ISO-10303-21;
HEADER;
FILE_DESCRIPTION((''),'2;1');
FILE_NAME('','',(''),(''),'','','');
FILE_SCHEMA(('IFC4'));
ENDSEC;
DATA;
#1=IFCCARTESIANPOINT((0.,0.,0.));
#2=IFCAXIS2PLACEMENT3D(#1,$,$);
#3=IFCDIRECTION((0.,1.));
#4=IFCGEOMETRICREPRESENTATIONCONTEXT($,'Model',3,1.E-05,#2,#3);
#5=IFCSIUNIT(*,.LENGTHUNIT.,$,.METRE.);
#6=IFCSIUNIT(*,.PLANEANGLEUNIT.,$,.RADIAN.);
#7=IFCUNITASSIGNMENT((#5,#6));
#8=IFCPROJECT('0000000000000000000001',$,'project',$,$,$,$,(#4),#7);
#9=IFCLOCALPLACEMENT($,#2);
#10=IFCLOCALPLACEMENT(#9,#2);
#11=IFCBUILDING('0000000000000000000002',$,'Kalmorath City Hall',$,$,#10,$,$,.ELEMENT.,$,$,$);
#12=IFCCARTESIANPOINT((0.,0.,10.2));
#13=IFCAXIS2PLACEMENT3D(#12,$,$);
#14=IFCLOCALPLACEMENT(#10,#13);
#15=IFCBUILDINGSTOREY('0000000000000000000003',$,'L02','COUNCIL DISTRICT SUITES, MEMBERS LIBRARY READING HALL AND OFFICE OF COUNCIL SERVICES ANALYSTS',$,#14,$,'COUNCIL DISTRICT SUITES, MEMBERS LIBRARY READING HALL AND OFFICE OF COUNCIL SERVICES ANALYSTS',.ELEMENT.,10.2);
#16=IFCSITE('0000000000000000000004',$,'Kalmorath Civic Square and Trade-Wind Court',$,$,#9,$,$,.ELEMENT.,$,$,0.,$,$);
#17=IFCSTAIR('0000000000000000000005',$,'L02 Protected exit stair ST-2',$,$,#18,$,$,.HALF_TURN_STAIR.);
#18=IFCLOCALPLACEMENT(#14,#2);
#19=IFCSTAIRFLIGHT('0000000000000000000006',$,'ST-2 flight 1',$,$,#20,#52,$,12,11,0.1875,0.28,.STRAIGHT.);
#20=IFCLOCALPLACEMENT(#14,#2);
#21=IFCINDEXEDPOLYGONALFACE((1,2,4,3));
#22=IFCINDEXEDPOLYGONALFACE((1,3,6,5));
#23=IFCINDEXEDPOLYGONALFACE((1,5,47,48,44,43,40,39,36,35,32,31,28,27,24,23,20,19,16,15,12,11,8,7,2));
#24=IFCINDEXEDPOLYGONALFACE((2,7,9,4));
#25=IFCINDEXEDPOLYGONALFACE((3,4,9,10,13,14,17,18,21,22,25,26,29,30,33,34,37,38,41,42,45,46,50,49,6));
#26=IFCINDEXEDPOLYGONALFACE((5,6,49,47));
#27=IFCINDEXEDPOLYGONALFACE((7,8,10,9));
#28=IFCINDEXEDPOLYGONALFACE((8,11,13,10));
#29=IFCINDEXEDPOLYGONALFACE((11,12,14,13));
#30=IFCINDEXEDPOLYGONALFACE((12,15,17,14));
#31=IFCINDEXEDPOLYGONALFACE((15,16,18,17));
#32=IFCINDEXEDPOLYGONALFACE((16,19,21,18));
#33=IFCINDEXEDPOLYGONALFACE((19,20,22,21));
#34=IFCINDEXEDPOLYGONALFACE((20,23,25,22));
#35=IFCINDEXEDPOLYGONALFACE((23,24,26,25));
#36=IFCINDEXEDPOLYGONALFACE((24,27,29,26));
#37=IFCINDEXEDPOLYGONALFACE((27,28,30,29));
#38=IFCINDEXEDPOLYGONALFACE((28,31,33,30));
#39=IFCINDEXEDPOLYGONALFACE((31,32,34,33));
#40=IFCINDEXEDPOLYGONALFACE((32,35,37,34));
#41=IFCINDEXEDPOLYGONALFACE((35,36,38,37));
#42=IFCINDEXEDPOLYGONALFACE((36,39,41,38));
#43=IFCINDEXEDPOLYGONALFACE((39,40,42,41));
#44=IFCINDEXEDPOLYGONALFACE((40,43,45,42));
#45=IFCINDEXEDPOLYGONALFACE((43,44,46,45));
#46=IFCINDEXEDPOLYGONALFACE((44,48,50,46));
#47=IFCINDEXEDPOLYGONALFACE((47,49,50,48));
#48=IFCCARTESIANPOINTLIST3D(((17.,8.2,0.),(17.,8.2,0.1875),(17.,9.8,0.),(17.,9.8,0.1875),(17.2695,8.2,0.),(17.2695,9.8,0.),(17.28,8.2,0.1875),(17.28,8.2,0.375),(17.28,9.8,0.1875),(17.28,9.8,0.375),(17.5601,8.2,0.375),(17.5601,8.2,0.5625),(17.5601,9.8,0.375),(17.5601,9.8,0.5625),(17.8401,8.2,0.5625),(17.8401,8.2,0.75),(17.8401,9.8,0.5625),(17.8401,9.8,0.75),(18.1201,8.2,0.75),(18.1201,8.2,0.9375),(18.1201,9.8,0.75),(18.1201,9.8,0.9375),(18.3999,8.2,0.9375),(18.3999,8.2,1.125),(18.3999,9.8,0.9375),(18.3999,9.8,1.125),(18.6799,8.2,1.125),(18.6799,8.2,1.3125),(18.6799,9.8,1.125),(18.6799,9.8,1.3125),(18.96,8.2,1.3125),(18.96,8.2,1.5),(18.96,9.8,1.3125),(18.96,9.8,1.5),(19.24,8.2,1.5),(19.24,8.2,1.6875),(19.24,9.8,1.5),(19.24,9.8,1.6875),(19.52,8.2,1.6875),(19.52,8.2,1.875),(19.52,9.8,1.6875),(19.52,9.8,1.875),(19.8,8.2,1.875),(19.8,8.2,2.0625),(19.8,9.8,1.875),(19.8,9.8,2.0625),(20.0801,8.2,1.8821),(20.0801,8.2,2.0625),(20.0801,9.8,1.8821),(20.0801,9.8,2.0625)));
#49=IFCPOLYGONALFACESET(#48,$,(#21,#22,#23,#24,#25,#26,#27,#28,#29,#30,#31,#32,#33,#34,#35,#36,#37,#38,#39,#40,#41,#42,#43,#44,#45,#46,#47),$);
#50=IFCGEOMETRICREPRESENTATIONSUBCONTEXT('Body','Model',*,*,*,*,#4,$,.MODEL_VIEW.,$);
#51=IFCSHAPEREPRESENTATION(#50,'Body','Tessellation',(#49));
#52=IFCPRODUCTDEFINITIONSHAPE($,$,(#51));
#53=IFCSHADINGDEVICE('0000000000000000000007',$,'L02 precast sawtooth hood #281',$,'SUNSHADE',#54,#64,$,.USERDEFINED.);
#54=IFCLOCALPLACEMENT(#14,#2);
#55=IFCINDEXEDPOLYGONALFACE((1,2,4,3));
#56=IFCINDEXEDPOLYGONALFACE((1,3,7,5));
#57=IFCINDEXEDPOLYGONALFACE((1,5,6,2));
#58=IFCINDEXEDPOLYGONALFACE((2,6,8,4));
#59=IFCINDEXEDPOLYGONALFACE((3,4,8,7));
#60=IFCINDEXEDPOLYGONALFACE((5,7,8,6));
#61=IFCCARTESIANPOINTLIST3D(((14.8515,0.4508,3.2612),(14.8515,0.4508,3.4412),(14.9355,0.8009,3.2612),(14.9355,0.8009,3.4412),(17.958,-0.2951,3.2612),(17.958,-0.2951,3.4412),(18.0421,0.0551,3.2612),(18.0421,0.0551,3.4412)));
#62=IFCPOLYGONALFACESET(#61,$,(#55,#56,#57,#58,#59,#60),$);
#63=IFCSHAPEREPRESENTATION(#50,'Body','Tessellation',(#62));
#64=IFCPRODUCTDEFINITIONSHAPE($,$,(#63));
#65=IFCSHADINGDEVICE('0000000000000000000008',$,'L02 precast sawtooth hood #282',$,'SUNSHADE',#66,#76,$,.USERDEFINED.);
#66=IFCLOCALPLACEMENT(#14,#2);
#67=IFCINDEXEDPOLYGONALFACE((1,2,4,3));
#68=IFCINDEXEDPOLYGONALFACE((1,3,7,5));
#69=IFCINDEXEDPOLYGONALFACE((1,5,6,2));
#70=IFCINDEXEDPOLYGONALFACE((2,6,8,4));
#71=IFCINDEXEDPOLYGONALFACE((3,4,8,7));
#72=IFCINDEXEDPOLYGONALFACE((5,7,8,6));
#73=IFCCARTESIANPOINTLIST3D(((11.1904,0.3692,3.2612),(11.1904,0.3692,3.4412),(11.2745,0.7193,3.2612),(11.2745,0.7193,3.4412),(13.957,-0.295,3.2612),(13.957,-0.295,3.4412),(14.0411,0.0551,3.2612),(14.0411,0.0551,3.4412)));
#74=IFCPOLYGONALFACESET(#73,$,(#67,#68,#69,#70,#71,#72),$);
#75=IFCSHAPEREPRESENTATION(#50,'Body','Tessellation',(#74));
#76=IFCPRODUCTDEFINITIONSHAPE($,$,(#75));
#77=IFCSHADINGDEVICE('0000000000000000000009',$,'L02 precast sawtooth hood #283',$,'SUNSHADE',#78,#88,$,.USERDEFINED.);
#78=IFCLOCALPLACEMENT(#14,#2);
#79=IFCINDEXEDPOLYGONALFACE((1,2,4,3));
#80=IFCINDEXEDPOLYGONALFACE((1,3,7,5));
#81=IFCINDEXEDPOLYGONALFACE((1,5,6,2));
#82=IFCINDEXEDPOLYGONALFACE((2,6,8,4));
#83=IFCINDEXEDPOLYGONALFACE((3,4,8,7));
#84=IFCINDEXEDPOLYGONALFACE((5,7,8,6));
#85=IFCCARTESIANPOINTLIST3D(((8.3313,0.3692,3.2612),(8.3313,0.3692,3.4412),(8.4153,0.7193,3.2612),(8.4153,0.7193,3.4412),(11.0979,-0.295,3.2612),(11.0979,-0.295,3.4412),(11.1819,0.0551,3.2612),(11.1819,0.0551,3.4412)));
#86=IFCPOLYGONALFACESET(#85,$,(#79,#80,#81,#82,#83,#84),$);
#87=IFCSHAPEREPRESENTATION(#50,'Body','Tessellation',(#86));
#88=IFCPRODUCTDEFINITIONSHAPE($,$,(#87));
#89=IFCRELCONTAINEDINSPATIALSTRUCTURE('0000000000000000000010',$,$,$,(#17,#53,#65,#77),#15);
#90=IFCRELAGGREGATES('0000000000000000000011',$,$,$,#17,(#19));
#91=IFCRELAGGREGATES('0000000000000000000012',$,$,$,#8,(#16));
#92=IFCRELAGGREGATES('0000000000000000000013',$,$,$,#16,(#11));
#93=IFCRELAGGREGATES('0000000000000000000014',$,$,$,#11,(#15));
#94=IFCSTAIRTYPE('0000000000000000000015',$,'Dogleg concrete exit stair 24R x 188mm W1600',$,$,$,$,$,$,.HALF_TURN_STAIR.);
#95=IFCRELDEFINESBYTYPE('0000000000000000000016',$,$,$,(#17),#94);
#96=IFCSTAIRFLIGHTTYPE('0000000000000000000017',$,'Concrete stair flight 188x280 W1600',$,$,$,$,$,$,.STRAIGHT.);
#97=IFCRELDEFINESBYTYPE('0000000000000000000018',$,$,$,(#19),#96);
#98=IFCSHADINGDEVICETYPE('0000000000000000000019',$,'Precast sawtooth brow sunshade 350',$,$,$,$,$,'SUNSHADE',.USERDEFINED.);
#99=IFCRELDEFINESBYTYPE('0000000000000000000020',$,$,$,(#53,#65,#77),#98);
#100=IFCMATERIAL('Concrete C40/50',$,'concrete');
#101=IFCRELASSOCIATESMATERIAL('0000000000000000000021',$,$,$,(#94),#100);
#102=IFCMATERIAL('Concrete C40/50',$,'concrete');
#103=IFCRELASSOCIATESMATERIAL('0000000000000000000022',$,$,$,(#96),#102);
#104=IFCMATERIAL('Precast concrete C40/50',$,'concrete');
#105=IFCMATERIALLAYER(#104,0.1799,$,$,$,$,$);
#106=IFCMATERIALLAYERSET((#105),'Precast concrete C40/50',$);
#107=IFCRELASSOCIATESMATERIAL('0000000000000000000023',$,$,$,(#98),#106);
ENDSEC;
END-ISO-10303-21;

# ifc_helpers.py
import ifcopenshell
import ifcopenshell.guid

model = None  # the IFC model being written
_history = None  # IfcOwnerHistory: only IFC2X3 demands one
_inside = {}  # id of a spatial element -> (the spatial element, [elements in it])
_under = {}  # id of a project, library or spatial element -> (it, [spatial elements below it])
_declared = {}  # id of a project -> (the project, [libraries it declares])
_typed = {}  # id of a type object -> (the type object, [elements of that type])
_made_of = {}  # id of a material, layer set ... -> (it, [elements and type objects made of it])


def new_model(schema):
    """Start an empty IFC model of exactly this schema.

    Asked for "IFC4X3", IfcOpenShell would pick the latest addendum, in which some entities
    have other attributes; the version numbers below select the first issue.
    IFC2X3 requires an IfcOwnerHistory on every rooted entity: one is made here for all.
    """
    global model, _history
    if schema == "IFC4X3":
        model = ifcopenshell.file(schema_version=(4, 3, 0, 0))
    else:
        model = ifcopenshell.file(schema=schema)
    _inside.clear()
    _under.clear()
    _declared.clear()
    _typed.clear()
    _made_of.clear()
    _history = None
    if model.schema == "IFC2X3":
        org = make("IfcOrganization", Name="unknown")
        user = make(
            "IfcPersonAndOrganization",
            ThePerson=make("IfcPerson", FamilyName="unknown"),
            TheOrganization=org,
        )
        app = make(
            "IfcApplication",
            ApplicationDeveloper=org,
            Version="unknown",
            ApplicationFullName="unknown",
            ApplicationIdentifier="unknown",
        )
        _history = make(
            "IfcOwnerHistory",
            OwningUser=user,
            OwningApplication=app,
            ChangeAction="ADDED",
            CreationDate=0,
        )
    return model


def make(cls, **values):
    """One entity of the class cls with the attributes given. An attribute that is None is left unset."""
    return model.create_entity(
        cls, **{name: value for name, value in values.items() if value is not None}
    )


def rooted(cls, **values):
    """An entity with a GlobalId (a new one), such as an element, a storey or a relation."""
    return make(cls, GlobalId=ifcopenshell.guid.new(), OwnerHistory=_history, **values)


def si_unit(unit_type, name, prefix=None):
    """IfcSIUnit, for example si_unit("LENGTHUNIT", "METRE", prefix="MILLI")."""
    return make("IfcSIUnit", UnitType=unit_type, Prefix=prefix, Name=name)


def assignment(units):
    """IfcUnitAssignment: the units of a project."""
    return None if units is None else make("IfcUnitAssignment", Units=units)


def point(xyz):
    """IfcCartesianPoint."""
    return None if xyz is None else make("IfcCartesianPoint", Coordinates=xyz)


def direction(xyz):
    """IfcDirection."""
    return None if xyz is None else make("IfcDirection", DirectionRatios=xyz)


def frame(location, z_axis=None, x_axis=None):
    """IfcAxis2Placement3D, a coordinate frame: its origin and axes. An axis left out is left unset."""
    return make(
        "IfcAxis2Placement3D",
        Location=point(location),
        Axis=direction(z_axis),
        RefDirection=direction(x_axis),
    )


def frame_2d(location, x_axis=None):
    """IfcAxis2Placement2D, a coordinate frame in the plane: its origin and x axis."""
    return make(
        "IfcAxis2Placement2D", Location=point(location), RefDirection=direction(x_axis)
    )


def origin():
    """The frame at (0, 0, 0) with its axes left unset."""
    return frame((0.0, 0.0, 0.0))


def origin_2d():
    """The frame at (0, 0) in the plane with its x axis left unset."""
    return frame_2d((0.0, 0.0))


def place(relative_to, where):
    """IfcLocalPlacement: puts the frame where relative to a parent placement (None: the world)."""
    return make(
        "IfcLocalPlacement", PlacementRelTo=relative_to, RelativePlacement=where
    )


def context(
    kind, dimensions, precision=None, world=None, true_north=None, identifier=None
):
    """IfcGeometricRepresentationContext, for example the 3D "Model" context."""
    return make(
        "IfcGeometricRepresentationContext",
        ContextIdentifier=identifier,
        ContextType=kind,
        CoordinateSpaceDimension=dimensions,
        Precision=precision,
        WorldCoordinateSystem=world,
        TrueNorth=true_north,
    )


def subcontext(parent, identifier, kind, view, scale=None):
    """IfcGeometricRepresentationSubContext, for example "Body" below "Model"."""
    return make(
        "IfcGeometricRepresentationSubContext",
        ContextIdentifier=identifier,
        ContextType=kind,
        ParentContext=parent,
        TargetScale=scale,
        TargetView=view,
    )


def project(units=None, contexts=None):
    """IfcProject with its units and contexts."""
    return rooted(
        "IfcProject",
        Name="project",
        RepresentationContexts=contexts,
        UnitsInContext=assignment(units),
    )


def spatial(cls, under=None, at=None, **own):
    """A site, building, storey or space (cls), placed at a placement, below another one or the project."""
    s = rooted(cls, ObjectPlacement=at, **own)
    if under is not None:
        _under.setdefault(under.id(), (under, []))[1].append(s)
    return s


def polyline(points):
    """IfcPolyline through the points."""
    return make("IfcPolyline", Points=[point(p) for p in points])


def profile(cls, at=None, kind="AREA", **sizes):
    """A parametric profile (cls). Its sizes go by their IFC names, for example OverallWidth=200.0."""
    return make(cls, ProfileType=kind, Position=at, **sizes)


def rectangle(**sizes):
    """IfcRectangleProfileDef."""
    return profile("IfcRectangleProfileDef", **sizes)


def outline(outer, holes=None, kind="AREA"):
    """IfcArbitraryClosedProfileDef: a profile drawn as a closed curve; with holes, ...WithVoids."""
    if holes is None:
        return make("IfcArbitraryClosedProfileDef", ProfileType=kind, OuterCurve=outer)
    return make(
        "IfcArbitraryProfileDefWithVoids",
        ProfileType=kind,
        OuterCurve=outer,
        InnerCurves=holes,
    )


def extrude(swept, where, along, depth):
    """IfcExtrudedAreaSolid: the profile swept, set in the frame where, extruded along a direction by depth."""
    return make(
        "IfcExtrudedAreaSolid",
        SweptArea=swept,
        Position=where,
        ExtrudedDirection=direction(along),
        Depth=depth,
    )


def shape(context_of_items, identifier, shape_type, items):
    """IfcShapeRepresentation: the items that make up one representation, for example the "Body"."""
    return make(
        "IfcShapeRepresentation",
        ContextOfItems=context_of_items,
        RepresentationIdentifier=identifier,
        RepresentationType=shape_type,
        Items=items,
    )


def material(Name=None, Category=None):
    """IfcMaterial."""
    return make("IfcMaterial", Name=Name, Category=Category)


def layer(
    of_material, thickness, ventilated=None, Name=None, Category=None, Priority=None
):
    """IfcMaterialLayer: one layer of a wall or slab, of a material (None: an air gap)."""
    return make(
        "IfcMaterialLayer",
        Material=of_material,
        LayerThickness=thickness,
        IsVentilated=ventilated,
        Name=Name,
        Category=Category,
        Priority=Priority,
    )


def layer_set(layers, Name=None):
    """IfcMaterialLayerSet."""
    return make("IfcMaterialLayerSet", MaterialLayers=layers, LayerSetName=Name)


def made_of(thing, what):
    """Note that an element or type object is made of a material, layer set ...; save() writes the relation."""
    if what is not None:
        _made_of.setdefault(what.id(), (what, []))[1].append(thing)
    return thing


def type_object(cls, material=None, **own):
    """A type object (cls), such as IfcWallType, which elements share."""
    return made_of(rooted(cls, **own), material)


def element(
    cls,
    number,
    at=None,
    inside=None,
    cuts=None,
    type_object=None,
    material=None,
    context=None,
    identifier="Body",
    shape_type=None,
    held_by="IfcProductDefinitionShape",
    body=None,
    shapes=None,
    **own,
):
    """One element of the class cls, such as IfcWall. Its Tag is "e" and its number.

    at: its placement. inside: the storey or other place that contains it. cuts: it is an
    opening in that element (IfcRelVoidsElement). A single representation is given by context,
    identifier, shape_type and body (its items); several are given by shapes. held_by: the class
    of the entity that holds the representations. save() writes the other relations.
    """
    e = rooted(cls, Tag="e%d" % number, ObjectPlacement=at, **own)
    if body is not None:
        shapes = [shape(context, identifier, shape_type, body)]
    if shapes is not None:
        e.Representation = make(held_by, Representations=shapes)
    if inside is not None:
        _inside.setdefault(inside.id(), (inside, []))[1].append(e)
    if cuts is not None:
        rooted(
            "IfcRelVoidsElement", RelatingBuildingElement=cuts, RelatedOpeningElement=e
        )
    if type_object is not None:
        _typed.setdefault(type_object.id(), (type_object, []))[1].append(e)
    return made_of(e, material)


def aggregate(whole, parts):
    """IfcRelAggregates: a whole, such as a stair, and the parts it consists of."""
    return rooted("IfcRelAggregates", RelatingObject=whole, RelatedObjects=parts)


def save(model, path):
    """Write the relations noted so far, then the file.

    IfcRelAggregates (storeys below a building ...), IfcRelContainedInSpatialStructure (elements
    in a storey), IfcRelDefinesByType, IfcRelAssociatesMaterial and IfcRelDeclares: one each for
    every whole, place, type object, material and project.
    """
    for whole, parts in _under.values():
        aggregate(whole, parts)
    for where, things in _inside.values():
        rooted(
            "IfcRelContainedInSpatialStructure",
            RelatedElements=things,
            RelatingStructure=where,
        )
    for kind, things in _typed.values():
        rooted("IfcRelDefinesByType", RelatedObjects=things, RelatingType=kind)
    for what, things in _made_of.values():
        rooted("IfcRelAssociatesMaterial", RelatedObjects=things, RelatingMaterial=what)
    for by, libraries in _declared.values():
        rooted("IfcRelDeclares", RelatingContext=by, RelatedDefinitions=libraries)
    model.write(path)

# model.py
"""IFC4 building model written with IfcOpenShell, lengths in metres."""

from ifc_helpers import new_model, si_unit, direction, frame, origin, origin_2d, place, context, subcontext, project, spatial, polyline, rectangle, outline, extrude, material, layer, layer_set, type_object, element, aggregate, save


model = new_model("IFC4")

# Units and contexts
model_context = context("Model", 3, precision=1e-05, world=origin(), true_north=direction((0.0, 1.0)))
body_context = subcontext(model_context, "Body", "Model", "MODEL_VIEW")
ifc_project = project(units=[si_unit("LENGTHUNIT", "METRE"), si_unit("PLANEANGLEUNIT", "RADIAN")], contexts=[model_context])

# Site, building, storey
site_placement = place(None, origin())
site = spatial("IfcSite", under=ifc_project, at=site_placement, Name="Kalmorath Civic Square and Trade-Wind Court", CompositionType="ELEMENT", RefElevation=0.0)
building_placement = place(site_placement, origin())
building = spatial("IfcBuilding", under=site, at=building_placement, Name="Kalmorath City Hall", CompositionType="ELEMENT")
storey_placement = place(building_placement, frame((0.0, 0.0, 10.2)))
storey = spatial("IfcBuildingStorey", under=building, at=storey_placement, Name="L02", Description="COUNCIL DISTRICT SUITES, MEMBERS LIBRARY READING HALL AND OFFICE OF COUNCIL SERVICES ANALYSTS", LongName="COUNCIL DISTRICT SUITES, MEMBERS LIBRARY READING HALL AND OFFICE OF COUNCIL SERVICES ANALYSTS", CompositionType="ELEMENT", Elevation=10.2)

# Stair, stair flight
ifc_material_1 = material(Name="Concrete C40/50", Category="concrete")
stair_type = type_object("IfcStairType", Name="Dogleg concrete exit stair 24R x 188mm W1600", PredefinedType="HALF_TURN_STAIR", material=ifc_material_1)
stair_placement = place(storey_placement, origin())
stair = element("IfcStair", 1, at=stair_placement, inside=storey, type_object=stair_type, Name="L02 Protected exit stair ST-2", PredefinedType="HALF_TURN_STAIR")
ifc_material_2 = material(Name="Concrete C40/50", Category="concrete")
stair_flight_type = type_object("IfcStairFlightType", Name="Concrete stair flight 188x280 W1600", PredefinedType="STRAIGHT", material=ifc_material_2)
stair_flight_placement = place(storey_placement, frame((17.0, 9.0, 0.0), z_axis=(0.0, 0.0, 1.0), x_axis=(1.0, 0.0, 0.0)))
stair_flight = element("IfcStairFlight", 2, at=stair_flight_placement, type_object=stair_flight_type, Name="ST-2 flight 1", NumberOfRisers=12, NumberOfTreads=11, PredefinedType="STRAIGHT", RiserHeight=0.1875, TreadLength=0.28, context=body_context, shape_type="SweptSolid", body=[
    extrude(outline(polyline([(0.0, 0.0), (0.0, 0.1875), (0.28, 0.1875), (0.28, 0.375), (0.5601, 0.375), (0.5601, 0.5625), (0.8401, 0.5625), (0.8401, 0.75), (1.1201, 0.75), (1.1201, 0.9375), (1.3999, 0.9375), (1.3999, 1.125), (1.6799, 1.125), (1.6799, 1.3125), (1.96, 1.3125), (1.96, 1.5), (2.24, 1.5), (2.24, 1.6875), (2.52, 1.6875), (2.52, 1.875), (2.8, 1.875), (2.8, 2.0625), (3.0801, 2.0625), (3.0801, 2.25), (3.0801, 1.8821), (0.2695, 0.0), (0.0, 0.0)])), frame((0.0, 0.8, 0.0), z_axis=(0.0, -1.0, 0.0), x_axis=(1.0, 0.0, 0.0)), (0.0, 0.0, 1.0), 1.6001),
])
aggregate(stair, [stair_flight])

# Shading devices
ifc_material_3 = material(Name="Precast concrete C40/50", Category="concrete")
ifc_layer_1 = layer(ifc_material_3, 0.1799)
ifc_layer_set_1 = layer_set([ifc_layer_1], Name="Precast concrete C40/50")
shading_device_type = type_object("IfcShadingDeviceType", Name="Precast sawtooth brow sunshade 350", ElementType="SUNSHADE", PredefinedType="USERDEFINED", material=ifc_layer_set_1)
shading_device_placement = place(storey_placement, frame((16.4468, 0.2529, 3.2612), z_axis=(0.0, 0.0, 1.0), x_axis=(-0.97237, 0.233445, 0.0)))
element("IfcShadingDevice", 3, at=shading_device_placement, inside=storey, type_object=shading_device_type, Name="L02 precast sawtooth hood #281", ObjectType="SUNSHADE", PredefinedType="USERDEFINED", context=body_context, shape_type="SweptSolid", body=[
    extrude(rectangle(XDim=3.1948, YDim=0.3601, at=origin_2d()), origin(), (0.0, 0.0, 1.0), 0.1799),
])
for number, where, z_axis, x_axis, name in (
    (4, (12.6157, 0.2122, 3.2612), (0.0, 0.0, 1.0), (-0.97237, 0.233445, 0.0), "L02 precast sawtooth hood #282"),
    (5, (9.7566, 0.2122, 3.2612), (0.0, 0.0, 1.0), (-0.97237, 0.233445, 0.0), "L02 precast sawtooth hood #283"),
):
    element("IfcShadingDevice", number, at=place(storey_placement, frame(where, z_axis=z_axis, x_axis=x_axis)), inside=storey, type_object=shading_device_type, Name=name, ObjectType="SUNSHADE", PredefinedType="USERDEFINED", context=body_context, shape_type="SweptSolid", body=[
        extrude(rectangle(XDim=2.8452, YDim=0.3601, at=origin_2d()), origin(), (0.0, 0.0, 1.0), 0.1799),
    ])

save(model, "model.ifc")
